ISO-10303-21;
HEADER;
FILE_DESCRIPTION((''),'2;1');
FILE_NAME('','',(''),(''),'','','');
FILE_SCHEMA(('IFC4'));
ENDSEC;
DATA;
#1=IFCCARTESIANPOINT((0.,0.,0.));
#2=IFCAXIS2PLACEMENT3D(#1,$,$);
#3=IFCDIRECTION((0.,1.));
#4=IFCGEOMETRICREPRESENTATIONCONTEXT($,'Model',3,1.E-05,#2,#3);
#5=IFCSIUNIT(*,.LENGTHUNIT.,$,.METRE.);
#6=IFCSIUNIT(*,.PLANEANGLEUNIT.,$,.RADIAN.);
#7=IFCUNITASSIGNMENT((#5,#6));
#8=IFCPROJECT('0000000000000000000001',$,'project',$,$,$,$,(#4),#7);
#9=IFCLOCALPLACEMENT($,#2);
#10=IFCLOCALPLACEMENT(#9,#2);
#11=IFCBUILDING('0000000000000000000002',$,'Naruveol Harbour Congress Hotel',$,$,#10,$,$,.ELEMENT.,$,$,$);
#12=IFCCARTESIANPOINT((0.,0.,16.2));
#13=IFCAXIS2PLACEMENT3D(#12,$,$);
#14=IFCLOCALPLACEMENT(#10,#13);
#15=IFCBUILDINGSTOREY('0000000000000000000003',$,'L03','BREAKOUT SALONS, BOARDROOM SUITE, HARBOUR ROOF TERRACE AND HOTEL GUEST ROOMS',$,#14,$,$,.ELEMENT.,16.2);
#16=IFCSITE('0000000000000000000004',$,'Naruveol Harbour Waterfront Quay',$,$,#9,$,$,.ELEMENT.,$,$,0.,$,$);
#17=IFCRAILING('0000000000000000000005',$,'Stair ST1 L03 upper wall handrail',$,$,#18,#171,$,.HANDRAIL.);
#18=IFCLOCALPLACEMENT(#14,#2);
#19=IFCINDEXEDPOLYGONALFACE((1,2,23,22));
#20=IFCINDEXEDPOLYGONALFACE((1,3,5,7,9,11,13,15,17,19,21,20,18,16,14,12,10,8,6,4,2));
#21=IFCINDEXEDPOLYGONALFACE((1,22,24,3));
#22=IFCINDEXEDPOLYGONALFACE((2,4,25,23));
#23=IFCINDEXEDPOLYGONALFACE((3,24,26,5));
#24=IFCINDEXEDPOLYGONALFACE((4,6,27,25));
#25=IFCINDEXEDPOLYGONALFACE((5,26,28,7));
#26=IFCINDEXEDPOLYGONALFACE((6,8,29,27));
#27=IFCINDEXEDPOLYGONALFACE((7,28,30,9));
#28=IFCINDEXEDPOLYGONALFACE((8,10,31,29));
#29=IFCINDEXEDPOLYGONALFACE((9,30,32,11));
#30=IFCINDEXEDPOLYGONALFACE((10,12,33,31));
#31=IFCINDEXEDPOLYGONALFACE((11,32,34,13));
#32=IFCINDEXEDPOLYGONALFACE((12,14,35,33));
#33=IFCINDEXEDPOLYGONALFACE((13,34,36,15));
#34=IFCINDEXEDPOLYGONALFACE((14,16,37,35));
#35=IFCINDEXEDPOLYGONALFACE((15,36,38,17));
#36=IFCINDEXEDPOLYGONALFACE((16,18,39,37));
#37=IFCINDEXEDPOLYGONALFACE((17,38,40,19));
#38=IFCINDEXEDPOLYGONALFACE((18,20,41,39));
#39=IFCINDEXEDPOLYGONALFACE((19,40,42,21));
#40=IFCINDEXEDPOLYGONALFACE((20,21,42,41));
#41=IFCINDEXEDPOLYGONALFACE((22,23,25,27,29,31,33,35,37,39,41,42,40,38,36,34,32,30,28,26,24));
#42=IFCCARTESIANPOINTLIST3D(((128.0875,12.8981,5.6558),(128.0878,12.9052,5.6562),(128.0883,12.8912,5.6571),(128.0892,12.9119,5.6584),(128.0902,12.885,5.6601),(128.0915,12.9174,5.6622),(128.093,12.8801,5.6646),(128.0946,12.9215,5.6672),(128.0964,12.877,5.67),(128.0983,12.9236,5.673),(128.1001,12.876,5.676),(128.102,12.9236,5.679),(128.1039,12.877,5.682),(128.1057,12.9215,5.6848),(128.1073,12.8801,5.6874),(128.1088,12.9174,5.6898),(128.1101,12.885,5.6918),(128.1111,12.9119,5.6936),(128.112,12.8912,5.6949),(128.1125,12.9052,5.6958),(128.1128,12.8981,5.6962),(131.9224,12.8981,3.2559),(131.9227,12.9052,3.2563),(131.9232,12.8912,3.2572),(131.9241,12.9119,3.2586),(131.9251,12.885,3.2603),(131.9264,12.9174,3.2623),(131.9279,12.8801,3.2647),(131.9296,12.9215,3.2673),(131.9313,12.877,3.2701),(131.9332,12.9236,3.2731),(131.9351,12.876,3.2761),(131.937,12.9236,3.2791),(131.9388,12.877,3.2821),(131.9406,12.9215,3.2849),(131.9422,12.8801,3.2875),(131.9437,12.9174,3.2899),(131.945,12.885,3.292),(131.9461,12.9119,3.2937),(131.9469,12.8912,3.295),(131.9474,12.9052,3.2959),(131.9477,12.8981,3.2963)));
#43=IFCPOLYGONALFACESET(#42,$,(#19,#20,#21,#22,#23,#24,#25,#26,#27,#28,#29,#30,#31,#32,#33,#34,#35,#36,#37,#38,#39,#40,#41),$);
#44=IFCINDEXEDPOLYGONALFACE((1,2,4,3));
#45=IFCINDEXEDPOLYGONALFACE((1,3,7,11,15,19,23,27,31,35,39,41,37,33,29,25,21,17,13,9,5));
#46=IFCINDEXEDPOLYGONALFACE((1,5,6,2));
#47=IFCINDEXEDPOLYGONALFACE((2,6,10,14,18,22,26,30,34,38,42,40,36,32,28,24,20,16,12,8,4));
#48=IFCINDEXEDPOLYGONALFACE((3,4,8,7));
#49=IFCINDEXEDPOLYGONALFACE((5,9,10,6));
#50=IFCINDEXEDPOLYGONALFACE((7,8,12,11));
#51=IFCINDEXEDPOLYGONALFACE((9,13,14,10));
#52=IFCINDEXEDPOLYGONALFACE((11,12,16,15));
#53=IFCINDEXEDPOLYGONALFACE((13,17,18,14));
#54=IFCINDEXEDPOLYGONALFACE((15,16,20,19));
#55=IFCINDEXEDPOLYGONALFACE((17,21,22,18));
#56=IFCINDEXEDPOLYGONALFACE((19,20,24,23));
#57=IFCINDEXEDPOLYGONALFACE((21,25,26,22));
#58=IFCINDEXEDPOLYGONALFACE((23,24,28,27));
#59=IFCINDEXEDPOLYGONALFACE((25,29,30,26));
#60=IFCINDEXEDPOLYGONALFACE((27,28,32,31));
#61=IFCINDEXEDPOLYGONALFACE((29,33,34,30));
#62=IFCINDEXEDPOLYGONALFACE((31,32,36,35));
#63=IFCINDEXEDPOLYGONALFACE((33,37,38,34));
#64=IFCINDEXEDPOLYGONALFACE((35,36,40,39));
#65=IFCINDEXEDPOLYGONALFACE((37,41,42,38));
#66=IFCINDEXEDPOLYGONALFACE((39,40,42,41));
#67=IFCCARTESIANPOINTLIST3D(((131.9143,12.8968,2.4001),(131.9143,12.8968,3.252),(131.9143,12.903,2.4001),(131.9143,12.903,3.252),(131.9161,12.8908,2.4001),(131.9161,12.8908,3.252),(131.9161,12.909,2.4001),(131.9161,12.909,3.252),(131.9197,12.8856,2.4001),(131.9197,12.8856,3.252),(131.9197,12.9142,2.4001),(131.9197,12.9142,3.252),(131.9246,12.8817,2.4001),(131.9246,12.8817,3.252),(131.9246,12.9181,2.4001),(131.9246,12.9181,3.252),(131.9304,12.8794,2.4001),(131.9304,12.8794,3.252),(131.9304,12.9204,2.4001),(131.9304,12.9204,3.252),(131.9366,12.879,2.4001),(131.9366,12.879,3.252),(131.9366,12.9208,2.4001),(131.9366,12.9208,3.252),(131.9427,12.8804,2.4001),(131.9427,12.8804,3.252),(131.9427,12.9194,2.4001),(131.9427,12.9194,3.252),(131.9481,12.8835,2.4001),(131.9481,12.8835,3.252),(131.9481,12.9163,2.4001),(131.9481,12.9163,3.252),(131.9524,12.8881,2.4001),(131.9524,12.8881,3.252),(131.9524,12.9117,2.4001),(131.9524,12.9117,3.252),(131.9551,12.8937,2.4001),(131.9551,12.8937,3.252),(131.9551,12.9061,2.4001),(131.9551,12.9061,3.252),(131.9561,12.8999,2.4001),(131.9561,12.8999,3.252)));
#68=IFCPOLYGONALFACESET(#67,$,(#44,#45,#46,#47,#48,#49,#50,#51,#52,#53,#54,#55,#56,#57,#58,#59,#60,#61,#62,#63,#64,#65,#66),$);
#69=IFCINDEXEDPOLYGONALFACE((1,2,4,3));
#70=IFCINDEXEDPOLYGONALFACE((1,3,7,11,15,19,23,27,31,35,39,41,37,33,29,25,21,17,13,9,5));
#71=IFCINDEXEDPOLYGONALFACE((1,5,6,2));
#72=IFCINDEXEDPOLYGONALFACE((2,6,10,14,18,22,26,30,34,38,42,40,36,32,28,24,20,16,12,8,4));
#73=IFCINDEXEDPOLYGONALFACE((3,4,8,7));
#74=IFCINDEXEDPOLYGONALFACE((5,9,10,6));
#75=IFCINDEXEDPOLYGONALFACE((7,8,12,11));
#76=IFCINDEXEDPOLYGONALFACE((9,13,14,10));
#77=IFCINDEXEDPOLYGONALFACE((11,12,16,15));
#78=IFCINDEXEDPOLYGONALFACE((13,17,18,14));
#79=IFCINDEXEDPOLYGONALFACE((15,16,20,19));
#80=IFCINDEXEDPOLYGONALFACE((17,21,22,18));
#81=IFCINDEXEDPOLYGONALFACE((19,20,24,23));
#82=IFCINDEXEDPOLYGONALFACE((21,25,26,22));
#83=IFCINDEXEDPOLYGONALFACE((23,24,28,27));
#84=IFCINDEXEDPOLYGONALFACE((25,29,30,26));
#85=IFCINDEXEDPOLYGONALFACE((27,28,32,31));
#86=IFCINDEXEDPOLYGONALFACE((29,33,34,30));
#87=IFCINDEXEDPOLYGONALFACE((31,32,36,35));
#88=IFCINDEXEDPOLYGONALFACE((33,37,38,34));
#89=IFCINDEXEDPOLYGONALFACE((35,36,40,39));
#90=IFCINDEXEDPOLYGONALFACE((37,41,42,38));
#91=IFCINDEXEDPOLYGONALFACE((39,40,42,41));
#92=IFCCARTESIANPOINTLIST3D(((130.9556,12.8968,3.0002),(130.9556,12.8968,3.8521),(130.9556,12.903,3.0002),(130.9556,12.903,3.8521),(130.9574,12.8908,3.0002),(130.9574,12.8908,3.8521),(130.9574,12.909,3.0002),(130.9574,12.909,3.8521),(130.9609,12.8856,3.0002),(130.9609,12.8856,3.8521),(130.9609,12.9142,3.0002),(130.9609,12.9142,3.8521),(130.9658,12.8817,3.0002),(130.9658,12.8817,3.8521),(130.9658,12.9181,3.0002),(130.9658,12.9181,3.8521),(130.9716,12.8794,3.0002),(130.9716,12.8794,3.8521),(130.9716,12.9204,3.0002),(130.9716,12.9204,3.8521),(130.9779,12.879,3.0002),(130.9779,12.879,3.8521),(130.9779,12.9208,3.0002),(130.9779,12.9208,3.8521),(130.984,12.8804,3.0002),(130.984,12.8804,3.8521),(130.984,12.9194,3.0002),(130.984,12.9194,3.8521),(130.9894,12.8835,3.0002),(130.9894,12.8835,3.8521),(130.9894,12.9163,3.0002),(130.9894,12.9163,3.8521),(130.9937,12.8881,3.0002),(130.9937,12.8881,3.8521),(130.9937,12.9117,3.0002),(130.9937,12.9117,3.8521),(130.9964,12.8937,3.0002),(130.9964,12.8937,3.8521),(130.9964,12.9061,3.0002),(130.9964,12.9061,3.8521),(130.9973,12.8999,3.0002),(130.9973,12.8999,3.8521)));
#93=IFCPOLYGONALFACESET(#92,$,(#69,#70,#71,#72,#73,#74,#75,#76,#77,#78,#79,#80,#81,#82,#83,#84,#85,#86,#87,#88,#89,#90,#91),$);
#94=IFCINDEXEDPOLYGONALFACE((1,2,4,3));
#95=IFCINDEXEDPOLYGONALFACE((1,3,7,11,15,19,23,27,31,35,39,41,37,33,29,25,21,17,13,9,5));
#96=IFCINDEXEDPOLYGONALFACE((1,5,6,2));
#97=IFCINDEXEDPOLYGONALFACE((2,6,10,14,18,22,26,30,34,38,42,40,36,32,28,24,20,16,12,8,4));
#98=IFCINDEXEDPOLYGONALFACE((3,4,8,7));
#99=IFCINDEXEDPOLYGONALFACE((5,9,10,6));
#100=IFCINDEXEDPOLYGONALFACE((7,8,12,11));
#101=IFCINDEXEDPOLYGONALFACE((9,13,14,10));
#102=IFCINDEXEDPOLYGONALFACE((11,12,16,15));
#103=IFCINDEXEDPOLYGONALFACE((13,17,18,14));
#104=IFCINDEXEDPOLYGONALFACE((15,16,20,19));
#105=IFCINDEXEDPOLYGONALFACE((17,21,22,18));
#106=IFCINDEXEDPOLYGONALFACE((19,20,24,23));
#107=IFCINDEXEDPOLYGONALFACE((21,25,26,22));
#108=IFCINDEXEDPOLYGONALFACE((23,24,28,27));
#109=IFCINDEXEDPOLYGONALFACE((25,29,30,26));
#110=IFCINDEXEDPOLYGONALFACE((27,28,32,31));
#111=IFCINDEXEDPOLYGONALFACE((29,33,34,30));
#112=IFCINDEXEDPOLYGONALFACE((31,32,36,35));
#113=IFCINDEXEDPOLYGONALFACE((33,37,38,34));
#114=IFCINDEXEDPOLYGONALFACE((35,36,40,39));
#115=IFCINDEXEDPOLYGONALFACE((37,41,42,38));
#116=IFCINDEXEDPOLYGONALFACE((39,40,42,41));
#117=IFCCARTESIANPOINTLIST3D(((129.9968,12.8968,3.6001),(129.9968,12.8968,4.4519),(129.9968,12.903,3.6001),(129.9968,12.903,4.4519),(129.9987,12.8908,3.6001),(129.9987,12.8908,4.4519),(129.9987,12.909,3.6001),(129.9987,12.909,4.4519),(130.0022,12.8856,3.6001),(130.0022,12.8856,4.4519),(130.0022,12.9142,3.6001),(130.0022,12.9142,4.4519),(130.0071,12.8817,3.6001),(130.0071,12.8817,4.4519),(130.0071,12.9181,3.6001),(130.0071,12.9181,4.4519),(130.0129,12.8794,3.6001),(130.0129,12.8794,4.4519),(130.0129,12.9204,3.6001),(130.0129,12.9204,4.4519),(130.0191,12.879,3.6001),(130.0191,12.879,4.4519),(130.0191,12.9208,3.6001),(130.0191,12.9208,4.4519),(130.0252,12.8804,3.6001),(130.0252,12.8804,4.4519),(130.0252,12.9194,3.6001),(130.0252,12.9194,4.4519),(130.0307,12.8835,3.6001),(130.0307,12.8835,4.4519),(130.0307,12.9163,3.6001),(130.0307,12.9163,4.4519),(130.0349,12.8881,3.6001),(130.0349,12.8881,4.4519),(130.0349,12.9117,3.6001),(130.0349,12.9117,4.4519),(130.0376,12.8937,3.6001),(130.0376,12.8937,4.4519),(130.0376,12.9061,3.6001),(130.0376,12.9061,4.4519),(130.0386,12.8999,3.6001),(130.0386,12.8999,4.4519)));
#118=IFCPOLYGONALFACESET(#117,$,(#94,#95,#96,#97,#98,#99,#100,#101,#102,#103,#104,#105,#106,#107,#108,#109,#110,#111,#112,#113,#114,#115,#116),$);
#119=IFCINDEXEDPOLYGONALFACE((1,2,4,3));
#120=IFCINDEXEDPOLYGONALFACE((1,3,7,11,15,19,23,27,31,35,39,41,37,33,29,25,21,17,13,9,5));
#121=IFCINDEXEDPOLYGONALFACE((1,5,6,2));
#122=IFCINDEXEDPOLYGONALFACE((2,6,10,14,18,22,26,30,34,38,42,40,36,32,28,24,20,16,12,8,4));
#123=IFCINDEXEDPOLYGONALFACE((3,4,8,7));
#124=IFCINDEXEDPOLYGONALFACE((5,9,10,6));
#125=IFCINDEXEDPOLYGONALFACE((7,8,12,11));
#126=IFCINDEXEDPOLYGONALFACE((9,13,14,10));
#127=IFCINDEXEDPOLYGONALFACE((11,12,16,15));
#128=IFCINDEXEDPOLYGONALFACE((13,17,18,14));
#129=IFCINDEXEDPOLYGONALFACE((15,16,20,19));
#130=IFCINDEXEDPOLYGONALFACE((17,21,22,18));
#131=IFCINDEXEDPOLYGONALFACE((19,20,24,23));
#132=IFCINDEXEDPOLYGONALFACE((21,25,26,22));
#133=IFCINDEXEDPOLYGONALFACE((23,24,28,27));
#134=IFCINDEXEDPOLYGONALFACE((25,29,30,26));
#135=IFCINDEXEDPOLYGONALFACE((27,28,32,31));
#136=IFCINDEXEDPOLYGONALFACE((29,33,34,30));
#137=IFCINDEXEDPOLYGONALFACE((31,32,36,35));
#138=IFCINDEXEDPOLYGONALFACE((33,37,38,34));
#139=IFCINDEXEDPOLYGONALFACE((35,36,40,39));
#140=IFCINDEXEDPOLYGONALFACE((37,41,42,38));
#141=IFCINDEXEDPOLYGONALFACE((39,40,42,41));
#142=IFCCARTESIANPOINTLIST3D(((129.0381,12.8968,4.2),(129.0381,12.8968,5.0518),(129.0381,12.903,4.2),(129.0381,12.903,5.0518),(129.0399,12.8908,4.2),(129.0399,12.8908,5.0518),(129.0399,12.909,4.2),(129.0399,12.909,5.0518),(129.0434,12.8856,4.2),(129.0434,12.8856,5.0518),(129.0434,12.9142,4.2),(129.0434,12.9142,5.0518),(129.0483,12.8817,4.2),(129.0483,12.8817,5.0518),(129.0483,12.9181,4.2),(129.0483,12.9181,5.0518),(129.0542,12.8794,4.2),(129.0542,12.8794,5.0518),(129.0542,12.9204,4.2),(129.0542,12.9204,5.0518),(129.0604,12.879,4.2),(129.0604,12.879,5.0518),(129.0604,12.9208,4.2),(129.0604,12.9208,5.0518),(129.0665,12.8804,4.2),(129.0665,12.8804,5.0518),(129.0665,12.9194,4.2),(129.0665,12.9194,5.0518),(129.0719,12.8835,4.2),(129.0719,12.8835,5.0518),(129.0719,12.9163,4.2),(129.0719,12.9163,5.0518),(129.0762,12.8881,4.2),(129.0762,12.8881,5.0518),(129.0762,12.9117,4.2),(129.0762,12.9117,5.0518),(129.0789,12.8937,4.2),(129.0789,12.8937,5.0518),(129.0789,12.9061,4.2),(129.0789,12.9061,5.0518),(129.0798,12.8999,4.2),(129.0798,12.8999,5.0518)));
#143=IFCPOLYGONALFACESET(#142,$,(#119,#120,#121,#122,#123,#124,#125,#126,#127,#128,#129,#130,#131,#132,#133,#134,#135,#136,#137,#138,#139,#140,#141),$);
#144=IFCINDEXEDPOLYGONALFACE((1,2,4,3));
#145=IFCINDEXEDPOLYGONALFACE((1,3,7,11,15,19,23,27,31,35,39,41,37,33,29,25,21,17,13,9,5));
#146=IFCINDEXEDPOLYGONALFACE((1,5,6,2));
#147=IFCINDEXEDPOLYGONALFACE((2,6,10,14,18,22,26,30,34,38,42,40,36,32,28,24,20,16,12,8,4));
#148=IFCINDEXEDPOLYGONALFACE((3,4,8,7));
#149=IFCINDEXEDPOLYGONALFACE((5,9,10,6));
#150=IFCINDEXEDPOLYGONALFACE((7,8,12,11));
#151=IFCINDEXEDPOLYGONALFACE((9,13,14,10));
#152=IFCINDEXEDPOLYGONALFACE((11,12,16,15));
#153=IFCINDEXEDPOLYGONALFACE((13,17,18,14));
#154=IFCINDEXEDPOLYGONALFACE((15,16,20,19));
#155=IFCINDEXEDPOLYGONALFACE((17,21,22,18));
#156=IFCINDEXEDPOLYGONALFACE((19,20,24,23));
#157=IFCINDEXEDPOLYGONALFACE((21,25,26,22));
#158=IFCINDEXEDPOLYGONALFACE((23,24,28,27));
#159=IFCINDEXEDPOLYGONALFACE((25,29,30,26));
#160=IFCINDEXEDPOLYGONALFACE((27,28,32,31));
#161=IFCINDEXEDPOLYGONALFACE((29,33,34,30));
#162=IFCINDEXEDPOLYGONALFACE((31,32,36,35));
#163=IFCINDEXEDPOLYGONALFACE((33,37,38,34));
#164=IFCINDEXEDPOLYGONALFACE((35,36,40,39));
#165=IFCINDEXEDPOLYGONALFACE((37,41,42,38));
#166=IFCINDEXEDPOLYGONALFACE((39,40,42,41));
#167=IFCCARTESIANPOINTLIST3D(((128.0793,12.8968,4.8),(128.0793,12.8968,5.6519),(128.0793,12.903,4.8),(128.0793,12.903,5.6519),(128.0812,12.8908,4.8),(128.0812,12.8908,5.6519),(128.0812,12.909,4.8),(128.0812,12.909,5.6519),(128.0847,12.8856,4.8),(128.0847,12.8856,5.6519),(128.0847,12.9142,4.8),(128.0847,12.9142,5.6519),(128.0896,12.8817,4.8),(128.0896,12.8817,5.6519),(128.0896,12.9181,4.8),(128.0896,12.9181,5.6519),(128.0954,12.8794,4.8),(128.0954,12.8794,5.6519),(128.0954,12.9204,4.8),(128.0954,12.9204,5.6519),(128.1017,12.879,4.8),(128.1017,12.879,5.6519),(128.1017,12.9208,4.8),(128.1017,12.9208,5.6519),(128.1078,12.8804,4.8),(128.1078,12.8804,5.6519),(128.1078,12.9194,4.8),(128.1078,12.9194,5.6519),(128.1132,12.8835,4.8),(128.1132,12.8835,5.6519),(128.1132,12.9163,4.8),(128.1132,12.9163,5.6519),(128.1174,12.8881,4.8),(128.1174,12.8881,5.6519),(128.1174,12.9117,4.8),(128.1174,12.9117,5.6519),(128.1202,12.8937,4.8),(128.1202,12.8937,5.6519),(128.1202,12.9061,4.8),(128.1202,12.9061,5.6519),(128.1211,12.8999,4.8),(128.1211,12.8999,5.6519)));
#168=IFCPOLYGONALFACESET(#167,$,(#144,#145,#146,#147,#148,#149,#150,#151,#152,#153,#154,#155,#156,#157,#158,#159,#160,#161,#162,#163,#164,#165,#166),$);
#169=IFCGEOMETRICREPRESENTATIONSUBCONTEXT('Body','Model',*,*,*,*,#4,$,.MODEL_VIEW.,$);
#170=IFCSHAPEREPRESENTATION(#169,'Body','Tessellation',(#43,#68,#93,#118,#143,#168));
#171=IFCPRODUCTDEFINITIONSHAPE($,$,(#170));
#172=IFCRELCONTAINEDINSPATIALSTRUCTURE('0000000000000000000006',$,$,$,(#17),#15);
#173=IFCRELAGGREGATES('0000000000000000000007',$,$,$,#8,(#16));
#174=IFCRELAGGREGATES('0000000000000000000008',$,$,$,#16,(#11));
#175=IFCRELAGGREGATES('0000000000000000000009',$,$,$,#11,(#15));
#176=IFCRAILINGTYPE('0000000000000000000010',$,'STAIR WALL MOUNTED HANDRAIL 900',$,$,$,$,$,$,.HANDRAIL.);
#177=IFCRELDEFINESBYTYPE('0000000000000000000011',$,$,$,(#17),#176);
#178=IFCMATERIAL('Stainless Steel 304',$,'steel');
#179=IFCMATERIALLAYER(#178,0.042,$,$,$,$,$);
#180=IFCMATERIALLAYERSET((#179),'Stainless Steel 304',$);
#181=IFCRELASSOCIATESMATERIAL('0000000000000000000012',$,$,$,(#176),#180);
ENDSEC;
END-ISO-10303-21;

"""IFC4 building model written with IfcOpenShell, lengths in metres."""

from ifc_helpers import new_model, si_unit, direction, frame, origin, origin_2d, place, context, subcontext, project, spatial, circle, extrude, material, layer, layer_set, type_object, element, save


model = new_model("IFC4")

# Units and contexts
model_context = context("Model", 3, precision=1e-05, world=origin(), true_north=direction((0.0, 1.0)))
body_context = subcontext(model_context, "Body", "Model", "MODEL_VIEW")
ifc_project = project(units=[si_unit("LENGTHUNIT", "METRE"), si_unit("PLANEANGLEUNIT", "RADIAN")], contexts=[model_context])

# Site, building, storey
site_placement = place(None, origin())
site = spatial("IfcSite", under=ifc_project, at=site_placement, Name="Naruveol Harbour Waterfront Quay", CompositionType="ELEMENT", RefElevation=0.0)
building_placement = place(site_placement, origin())
building = spatial("IfcBuilding", under=site, at=building_placement, Name="Naruveol Harbour Congress Hotel", CompositionType="ELEMENT")
storey_placement = place(building_placement, frame((0.0, 0.0, 16.2)))
storey = spatial("IfcBuildingStorey", under=building, at=storey_placement, Name="L03", Description="BREAKOUT SALONS, BOARDROOM SUITE, HARBOUR ROOF TERRACE AND HOTEL GUEST ROOMS", CompositionType="ELEMENT", Elevation=16.2)

# Railing
ifc_material_1 = material(Name="Stainless Steel 304", Category="steel")
ifc_layer_1 = layer(ifc_material_1, 0.042)
ifc_layer_set_1 = layer_set([ifc_layer_1], Name="Stainless Steel 304")
railing_type_1 = type_object("IfcRailingType", Name="STAIR WALL MOUNTED HANDRAIL 900", PredefinedType="HANDRAIL", material=ifc_layer_set_1)
railing_1_placement = place(storey_placement, frame((131.9351, 12.8999, 2.4001)))
element("IfcRailing", 1, at=railing_1_placement, inside=storey, type_object=railing_type_1, Name="Stair ST1 L03 upper wall handrail", PredefinedType="HANDRAIL", context=body_context, shape_type="SweptSolid", body=[
    extrude(circle(Radius=0.0239, at=origin_2d()), frame((0.0, 0.0, 0.876), z_axis=(-0.847695, 0.0, 0.530484), x_axis=(0.0, -1.0, 0.0)), (0.0, 0.0, 1.0), 4.5239),
    extrude(circle(Radius=0.021, at=origin_2d()), origin(), (0.0, 0.0, 1.0), 0.8518),
    extrude(circle(Radius=0.021, at=origin_2d()), frame((-0.9587, 0.0, 0.6001)), (0.0, 0.0, 1.0), 0.8518),
    extrude(circle(Radius=0.021, at=origin_2d()), frame((-1.9175, 0.0, 1.2)), (0.0, 0.0, 1.0), 0.8518),
    extrude(circle(Radius=0.021, at=origin_2d()), frame((-2.8762, 0.0, 1.7998)), (0.0, 0.0, 1.0), 0.8518),
    extrude(circle(Radius=0.021, at=origin_2d()), frame((-3.835, 0.0, 2.3999)), (0.0, 0.0, 1.0), 0.8518),
])

save(model, "model.ifc")
